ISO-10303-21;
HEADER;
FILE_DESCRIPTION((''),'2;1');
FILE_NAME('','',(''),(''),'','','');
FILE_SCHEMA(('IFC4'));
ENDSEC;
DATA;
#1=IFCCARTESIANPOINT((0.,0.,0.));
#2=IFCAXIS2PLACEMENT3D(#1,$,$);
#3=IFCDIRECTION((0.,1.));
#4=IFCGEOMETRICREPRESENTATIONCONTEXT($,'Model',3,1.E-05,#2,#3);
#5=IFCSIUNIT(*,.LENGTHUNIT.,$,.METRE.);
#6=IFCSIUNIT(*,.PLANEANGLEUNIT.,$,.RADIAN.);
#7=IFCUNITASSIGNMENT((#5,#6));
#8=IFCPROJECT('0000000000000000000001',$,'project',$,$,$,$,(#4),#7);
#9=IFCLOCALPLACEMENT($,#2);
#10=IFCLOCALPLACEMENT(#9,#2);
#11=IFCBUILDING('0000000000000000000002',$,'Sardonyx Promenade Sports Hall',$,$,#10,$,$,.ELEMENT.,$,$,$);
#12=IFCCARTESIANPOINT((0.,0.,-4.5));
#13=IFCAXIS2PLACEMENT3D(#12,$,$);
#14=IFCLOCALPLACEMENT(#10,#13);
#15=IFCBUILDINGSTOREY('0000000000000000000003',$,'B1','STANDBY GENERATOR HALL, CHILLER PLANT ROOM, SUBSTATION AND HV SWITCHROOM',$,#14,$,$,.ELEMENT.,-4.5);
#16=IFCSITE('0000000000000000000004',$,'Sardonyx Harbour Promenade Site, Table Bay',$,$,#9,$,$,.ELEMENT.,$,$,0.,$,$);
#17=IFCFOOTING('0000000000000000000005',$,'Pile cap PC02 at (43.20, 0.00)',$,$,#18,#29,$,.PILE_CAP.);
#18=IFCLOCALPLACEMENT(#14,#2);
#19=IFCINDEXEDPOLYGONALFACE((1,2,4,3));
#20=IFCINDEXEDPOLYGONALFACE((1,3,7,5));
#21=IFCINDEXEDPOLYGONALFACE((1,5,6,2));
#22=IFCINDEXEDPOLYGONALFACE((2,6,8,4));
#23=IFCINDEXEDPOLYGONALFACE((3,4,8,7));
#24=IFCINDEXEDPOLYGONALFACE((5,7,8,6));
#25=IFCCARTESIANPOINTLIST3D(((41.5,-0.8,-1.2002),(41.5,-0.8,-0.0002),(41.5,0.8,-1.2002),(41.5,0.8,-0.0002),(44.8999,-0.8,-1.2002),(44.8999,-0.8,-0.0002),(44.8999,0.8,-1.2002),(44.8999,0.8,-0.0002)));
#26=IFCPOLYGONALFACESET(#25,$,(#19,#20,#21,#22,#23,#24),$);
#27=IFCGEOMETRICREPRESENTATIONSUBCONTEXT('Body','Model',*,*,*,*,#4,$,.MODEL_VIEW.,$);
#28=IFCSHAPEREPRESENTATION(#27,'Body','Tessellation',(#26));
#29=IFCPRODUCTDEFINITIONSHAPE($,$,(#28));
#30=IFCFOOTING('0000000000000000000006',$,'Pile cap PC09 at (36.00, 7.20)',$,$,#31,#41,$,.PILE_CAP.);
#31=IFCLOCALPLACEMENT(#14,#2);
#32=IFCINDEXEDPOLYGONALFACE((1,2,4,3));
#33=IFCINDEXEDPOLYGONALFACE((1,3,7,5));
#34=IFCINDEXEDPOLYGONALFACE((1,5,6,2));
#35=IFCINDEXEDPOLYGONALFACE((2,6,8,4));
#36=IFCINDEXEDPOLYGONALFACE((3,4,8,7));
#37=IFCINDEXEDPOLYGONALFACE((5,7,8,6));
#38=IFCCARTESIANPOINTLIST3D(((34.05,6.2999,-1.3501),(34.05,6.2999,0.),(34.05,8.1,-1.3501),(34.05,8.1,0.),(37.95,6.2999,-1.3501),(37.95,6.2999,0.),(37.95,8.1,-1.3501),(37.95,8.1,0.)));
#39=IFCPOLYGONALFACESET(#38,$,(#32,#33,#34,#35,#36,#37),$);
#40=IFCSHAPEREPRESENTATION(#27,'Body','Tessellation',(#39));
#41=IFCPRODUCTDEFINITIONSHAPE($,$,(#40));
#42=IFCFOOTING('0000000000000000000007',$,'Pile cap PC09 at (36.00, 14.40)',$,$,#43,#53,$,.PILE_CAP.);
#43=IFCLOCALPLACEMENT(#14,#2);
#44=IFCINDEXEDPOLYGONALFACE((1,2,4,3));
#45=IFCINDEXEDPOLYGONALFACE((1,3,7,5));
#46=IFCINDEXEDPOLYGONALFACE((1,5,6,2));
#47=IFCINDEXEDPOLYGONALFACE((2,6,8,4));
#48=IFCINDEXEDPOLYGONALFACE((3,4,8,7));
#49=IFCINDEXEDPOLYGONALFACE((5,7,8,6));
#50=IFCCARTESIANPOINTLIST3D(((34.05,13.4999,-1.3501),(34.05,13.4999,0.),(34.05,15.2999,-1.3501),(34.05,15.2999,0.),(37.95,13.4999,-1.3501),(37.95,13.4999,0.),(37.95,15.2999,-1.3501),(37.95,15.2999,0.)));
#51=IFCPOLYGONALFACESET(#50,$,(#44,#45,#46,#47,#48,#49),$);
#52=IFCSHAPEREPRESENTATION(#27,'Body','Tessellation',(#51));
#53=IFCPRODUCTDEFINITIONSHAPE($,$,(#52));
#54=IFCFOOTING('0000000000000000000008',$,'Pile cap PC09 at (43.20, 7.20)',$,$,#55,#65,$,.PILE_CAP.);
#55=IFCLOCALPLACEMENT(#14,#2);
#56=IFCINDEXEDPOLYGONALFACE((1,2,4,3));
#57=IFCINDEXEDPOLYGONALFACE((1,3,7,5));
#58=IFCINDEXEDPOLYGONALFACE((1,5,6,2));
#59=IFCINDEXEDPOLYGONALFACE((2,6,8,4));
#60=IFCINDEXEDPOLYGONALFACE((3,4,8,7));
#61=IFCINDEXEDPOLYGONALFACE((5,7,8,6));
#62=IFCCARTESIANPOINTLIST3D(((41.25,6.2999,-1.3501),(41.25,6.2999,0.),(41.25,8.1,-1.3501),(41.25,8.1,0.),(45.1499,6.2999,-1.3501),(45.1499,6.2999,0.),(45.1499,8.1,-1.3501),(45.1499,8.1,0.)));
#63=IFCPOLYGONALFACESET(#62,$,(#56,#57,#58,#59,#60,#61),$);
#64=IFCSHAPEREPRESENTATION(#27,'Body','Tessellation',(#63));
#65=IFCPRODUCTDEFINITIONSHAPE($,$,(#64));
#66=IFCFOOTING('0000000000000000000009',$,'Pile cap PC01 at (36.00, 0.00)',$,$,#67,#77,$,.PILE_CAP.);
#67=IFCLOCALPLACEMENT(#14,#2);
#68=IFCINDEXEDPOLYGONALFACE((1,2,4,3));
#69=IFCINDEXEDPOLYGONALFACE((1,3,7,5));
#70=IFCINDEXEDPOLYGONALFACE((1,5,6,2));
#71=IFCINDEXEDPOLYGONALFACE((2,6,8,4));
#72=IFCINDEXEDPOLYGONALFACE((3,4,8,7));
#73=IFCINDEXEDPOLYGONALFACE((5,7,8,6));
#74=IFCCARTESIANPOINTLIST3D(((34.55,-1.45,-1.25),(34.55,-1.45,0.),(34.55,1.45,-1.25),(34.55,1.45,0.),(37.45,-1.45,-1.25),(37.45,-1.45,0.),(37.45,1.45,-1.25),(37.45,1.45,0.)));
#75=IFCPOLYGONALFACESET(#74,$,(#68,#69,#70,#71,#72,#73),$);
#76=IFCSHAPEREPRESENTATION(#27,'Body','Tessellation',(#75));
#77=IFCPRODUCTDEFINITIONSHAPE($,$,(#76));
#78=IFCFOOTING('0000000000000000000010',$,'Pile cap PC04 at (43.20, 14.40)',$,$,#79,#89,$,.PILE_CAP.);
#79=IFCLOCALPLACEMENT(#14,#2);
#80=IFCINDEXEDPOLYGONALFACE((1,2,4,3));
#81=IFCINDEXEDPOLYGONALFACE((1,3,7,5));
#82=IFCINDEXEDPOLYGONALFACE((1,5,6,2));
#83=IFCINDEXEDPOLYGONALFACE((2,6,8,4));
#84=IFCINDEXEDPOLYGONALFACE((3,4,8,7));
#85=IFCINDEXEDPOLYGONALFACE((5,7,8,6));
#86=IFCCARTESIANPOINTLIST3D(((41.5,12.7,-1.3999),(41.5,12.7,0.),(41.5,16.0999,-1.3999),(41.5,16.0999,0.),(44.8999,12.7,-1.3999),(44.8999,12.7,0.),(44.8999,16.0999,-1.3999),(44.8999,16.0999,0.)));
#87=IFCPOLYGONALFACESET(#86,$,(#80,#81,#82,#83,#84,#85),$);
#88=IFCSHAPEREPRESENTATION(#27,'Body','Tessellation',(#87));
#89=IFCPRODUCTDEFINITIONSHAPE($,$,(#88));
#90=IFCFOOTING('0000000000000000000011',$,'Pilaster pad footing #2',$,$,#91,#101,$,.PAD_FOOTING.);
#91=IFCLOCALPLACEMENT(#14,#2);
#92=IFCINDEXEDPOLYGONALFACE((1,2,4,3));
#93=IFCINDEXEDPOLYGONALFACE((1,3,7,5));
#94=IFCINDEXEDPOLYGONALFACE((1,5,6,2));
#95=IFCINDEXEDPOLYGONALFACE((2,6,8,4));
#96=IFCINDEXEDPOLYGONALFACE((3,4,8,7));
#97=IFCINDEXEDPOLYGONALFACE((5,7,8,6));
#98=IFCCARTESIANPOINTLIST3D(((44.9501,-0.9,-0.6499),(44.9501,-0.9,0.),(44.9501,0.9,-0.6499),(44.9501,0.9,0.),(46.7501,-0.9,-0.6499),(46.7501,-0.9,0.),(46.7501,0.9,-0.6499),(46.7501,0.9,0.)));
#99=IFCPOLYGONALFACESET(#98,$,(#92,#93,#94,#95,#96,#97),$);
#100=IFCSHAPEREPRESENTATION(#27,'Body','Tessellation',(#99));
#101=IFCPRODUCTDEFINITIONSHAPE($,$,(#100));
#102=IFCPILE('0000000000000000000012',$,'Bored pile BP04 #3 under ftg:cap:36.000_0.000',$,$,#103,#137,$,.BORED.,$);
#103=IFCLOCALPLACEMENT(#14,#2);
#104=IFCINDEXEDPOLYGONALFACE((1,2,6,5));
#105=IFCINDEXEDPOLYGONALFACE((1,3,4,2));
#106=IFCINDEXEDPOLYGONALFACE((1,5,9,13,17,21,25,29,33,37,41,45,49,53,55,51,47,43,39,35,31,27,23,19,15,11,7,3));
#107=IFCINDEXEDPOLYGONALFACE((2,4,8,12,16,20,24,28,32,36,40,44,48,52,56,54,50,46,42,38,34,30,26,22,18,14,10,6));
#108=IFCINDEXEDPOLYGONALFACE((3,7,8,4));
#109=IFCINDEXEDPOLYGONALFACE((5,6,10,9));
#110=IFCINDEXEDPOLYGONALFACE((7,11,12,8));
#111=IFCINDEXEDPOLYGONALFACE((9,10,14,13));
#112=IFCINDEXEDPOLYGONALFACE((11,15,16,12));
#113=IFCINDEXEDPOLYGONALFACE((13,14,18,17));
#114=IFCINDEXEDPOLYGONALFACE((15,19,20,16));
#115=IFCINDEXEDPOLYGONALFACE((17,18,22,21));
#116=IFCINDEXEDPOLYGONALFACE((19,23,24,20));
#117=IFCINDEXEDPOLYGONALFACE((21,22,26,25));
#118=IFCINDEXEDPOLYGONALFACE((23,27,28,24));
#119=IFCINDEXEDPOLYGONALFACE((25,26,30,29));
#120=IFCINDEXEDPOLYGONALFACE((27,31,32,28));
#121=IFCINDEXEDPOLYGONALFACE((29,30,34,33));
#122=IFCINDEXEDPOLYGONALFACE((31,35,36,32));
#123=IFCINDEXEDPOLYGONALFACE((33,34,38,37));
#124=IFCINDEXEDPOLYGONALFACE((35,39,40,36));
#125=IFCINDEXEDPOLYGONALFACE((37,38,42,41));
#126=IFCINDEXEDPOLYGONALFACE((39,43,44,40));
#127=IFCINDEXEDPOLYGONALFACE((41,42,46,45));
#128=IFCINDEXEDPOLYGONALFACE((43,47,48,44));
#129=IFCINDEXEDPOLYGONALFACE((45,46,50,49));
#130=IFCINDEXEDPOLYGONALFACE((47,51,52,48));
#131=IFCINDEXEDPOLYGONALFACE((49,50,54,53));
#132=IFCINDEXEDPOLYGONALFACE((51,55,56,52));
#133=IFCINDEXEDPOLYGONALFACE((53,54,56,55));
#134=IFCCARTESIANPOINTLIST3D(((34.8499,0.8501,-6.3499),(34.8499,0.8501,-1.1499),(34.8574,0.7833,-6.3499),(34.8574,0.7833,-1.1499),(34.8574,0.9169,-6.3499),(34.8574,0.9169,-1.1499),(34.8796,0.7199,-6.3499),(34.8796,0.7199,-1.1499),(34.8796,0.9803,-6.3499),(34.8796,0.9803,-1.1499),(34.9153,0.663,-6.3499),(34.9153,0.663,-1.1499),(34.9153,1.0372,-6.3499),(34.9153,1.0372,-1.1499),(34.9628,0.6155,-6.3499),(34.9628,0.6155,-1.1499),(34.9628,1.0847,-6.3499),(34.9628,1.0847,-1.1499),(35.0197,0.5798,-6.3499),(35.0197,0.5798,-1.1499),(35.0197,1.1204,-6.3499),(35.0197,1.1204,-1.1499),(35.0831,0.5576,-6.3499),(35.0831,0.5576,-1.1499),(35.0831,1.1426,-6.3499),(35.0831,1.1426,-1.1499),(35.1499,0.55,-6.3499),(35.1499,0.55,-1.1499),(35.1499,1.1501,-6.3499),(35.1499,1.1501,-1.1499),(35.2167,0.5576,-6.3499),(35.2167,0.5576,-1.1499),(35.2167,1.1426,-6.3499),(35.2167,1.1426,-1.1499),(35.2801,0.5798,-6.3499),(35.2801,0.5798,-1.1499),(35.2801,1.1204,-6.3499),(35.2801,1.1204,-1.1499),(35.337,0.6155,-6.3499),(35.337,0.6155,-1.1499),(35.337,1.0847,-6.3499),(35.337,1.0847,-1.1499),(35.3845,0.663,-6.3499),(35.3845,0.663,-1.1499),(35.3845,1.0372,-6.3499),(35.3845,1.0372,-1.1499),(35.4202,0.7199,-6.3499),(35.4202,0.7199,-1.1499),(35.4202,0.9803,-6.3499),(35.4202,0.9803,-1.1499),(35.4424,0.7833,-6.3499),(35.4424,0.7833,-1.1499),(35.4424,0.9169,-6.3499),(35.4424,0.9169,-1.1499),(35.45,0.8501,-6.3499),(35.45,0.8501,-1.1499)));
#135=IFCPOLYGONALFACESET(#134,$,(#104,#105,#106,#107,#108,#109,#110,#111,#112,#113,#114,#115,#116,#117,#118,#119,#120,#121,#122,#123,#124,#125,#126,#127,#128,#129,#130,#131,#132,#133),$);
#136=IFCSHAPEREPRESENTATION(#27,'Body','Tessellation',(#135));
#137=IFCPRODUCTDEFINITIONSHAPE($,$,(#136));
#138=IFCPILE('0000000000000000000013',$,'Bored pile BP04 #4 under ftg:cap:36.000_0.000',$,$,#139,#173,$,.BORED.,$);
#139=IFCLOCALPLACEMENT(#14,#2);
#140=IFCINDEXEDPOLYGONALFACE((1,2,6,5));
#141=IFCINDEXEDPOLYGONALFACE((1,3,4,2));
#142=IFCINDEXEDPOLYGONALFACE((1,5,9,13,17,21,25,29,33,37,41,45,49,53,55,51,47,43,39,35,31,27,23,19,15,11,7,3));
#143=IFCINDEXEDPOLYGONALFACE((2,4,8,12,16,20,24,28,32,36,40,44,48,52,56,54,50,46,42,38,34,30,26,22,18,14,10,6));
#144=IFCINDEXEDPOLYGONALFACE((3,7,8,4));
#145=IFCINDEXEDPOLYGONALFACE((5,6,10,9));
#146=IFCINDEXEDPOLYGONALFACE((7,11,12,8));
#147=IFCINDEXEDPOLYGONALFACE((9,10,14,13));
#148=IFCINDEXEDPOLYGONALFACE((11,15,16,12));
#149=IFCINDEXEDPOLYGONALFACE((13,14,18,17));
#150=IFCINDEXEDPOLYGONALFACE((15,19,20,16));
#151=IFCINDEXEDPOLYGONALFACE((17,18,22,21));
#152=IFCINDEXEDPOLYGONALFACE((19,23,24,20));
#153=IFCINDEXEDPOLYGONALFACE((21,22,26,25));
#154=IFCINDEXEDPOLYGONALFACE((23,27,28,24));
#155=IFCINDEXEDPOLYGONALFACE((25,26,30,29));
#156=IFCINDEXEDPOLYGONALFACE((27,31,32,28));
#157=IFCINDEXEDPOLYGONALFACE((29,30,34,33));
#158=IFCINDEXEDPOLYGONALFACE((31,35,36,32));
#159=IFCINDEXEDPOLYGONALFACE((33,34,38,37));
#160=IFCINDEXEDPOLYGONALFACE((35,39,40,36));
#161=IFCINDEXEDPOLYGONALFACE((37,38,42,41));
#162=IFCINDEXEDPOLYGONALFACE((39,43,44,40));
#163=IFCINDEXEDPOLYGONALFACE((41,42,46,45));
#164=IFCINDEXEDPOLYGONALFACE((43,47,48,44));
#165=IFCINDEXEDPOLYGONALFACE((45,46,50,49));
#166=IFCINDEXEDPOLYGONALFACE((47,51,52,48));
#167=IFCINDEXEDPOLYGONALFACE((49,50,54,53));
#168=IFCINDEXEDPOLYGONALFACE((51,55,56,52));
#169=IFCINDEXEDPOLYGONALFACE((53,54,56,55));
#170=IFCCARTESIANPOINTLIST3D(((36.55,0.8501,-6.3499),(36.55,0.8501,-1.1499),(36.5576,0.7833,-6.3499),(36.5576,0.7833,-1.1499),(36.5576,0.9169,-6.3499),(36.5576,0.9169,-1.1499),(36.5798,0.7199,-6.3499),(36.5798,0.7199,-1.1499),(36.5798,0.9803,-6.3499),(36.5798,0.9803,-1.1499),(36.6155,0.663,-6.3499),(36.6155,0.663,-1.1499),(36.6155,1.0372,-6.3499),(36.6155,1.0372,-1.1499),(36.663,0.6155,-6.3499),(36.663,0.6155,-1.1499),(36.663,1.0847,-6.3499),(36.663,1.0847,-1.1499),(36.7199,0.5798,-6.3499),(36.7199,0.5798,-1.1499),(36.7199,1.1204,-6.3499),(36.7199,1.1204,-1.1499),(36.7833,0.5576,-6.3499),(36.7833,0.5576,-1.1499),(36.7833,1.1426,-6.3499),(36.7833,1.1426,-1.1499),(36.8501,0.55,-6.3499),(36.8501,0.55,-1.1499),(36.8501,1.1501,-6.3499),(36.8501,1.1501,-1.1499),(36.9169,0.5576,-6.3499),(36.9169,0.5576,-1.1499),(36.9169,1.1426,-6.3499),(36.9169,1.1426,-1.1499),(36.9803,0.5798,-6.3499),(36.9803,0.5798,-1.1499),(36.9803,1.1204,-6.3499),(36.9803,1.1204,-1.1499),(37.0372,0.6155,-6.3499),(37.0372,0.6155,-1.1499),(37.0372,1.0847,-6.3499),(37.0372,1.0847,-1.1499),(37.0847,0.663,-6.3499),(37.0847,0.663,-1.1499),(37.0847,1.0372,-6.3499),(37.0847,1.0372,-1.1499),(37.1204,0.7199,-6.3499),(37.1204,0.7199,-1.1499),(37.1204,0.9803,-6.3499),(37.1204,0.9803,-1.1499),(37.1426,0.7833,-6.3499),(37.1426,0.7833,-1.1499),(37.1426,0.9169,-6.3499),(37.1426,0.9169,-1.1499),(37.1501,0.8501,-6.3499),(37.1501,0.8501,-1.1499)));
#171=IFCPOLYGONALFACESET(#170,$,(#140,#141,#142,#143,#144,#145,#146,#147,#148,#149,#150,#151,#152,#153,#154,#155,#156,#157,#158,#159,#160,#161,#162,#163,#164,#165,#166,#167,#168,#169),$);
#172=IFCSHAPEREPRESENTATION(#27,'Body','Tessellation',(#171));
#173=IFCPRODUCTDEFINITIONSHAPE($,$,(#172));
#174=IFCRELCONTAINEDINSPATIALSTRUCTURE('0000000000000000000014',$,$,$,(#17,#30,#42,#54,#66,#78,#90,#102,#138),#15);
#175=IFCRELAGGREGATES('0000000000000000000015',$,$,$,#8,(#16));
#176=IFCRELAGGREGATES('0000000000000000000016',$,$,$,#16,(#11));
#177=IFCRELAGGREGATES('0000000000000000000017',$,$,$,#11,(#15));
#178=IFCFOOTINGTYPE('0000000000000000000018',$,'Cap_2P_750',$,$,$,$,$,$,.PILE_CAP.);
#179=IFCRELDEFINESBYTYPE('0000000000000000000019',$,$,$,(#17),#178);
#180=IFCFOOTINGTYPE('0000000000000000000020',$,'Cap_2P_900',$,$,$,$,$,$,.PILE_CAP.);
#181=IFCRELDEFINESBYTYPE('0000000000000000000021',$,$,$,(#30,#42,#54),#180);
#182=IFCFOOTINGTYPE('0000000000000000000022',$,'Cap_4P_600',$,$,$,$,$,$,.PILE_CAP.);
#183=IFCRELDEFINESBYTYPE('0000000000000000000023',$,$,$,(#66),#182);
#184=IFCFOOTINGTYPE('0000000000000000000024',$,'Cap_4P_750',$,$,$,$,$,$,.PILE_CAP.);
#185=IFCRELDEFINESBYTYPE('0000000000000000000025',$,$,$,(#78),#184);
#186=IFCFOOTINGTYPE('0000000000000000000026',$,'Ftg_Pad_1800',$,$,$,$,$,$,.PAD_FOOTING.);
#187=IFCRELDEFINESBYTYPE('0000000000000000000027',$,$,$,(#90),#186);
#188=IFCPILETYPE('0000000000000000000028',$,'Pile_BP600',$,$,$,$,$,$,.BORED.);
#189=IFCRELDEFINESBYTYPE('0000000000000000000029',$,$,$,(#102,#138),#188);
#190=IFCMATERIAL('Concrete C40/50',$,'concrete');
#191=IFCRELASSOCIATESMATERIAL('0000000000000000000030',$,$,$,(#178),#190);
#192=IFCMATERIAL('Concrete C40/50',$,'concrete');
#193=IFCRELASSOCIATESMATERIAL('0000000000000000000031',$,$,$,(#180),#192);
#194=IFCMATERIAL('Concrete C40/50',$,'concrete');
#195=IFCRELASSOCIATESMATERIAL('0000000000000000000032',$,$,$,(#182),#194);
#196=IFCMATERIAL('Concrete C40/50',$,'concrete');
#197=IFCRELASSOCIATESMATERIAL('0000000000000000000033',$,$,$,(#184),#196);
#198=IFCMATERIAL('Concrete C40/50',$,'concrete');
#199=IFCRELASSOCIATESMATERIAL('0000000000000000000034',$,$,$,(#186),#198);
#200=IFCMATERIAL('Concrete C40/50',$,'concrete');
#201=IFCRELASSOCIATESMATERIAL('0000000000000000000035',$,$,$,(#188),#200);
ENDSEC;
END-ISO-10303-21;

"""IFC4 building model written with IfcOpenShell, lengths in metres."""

from ifc_helpers import new_model, si_unit, direction, frame, origin, origin_2d, place, context, subcontext, project, spatial, rectangle, circle, extrude, material, material_profile, profile_set, type_object, element, save


model = new_model("IFC4")

# Units and contexts
model_context = context("Model", 3, precision=1e-05, world=origin(), true_north=direction((0.0, 1.0)))
body_context = subcontext(model_context, "Body", "Model", "MODEL_VIEW")
ifc_project = project(units=[si_unit("LENGTHUNIT", "METRE"), si_unit("PLANEANGLEUNIT", "RADIAN")], contexts=[model_context])

# Site, building, storey
site_placement = place(None, origin())
site = spatial("IfcSite", under=ifc_project, at=site_placement, Name="Sardonyx Harbour Promenade Site, Table Bay", CompositionType="ELEMENT", RefElevation=0.0)
building_placement = place(site_placement, origin())
building = spatial("IfcBuilding", under=site, at=building_placement, Name="Sardonyx Promenade Sports Hall", CompositionType="ELEMENT")
storey_placement = place(building_placement, frame((0.0, 0.0, -4.5)))
storey = spatial("IfcBuildingStorey", under=building, at=storey_placement, Name="B1", Description="STANDBY GENERATOR HALL, CHILLER PLANT ROOM, SUBSTATION AND HV SWITCHROOM", CompositionType="ELEMENT", Elevation=-4.5)

# Footings
ifc_material_1 = material(Name="Concrete C40/50", Category="concrete")
footing_type_1 = type_object("IfcFootingType", Name="Cap_2P_750", PredefinedType="PILE_CAP", material=ifc_material_1)
footing_1_placement = place(storey_placement, frame((43.2, 0.0, -1.2002), z_axis=(0.0, 0.0, 1.0), x_axis=(1.0, 0.0, 0.0)))
element("IfcFooting", 1, at=footing_1_placement, inside=storey, type_object=footing_type_1, Name="Pile cap PC02 at (43.20, 0.00)", PredefinedType="PILE_CAP", context=body_context, shape_type="SweptSolid", body=[
    extrude(rectangle(XDim=3.3999, YDim=1.6001, at=origin_2d()), origin(), (0.0, 0.0, 1.0), 1.2),
])
ifc_material_2 = material(Name="Concrete C40/50", Category="concrete")
footing_type_2 = type_object("IfcFootingType", Name="Cap_2P_900", PredefinedType="PILE_CAP", material=ifc_material_2)
for number, where, z_axis, x_axis, name in (
    (2, (36.0, 7.2, -1.3501), (0.0, 0.0, 1.0), (1.0, 0.0, 0.0), "Pile cap PC09 at (36.00, 7.20)"),
    (3, (36.0, 14.3999, -1.3501), (0.0, 0.0, 1.0), (1.0, 0.0, 0.0), "Pile cap PC09 at (36.00, 14.40)"),
    (4, (43.2, 7.2, -1.3501), (0.0, 0.0, 1.0), (1.0, 0.0, 0.0), "Pile cap PC09 at (43.20, 7.20)"),
):
    element("IfcFooting", number, at=place(storey_placement, frame(where, z_axis=z_axis, x_axis=x_axis)), inside=storey, type_object=footing_type_2, Name=name, PredefinedType="PILE_CAP", context=body_context, shape_type="SweptSolid", body=[
        extrude(rectangle(XDim=3.8999, YDim=1.8, at=origin_2d()), origin(), (0.0, 0.0, 1.0), 1.3501),
    ])
ifc_material_3 = material(Name="Concrete C40/50", Category="concrete")
footing_type_3 = type_object("IfcFootingType", Name="Cap_4P_600", PredefinedType="PILE_CAP", material=ifc_material_3)
footing_2_placement = place(storey_placement, frame((36.0, 0.0, -1.25), z_axis=(0.0, 0.0, 1.0), x_axis=(1.0, 0.0, 0.0)))
element("IfcFooting", 5, at=footing_2_placement, inside=storey, type_object=footing_type_3, Name="Pile cap PC01 at (36.00, 0.00)", PredefinedType="PILE_CAP", context=body_context, shape_type="SweptSolid", body=[
    extrude(rectangle(XDim=2.8999, YDim=2.8999, at=origin_2d()), origin(), (0.0, 0.0, 1.0), 1.25),
])
ifc_material_4 = material(Name="Concrete C40/50", Category="concrete")
footing_type_4 = type_object("IfcFootingType", Name="Cap_4P_750", PredefinedType="PILE_CAP", material=ifc_material_4)
footing_3_placement = place(storey_placement, frame((43.2, 14.3999, -1.3999), z_axis=(0.0, 0.0, 1.0), x_axis=(1.0, 0.0, 0.0)))
element("IfcFooting", 6, at=footing_3_placement, inside=storey, type_object=footing_type_4, Name="Pile cap PC04 at (43.20, 14.40)", PredefinedType="PILE_CAP", context=body_context, shape_type="SweptSolid", body=[
    extrude(rectangle(XDim=3.3999, YDim=3.3999, at=origin_2d()), origin(), (0.0, 0.0, 1.0), 1.3999),
])
ifc_material_5 = material(Name="Concrete C40/50", Category="concrete")
footing_type_5 = type_object("IfcFootingType", Name="Ftg_Pad_1800", PredefinedType="PAD_FOOTING", material=ifc_material_5)
footing_4_placement = place(storey_placement, frame((45.8501, 0.0, -0.6499), z_axis=(0.0, 0.0, 1.0), x_axis=(1.0, 0.0, 0.0)))
element("IfcFooting", 7, at=footing_4_placement, inside=storey, type_object=footing_type_5, Name="Pilaster pad footing #2", PredefinedType="PAD_FOOTING", context=body_context, shape_type="SweptSolid", body=[
    extrude(rectangle(XDim=1.8, YDim=1.8, at=origin_2d()), origin(), (0.0, 0.0, 1.0), 0.6499),
])

# Piles
ifc_material_6 = material(Name="Concrete C40/50", Category="concrete")
ifc_material_profile_1 = material_profile(ifc_material_6, circle(Radius=0.3, at=origin_2d()))
ifc_profile_set_1 = profile_set([ifc_material_profile_1], Name="Concrete C40/50")
pile_type_1 = type_object("IfcPileType", Name="Pile_BP600", PredefinedType="BORED", material=ifc_profile_set_1)
for number, where, z_axis, x_axis, name in (
    (8, (35.1499, 0.8501, -1.1499), (0.0, 0.0, -1.0), (1.0, 0.0, 0.0), "Bored pile BP04 #3 under ftg:cap:36.000_0.000"),
    (9, (36.8501, 0.8501, -1.1499), (0.0, 0.0, -1.0), (1.0, 0.0, 0.0), "Bored pile BP04 #4 under ftg:cap:36.000_0.000"),
):
    element("IfcPile", number, at=place(storey_placement, frame(where, z_axis=z_axis, x_axis=x_axis)), inside=storey, type_object=pile_type_1, Name=name, PredefinedType="BORED", context=body_context, shape_type="SweptSolid", body=[
        extrude(circle(Radius=0.3, at=origin_2d()), origin(), (0.0, 0.0, 1.0), 5.2),
    ])

save(model, "model.ifc")
